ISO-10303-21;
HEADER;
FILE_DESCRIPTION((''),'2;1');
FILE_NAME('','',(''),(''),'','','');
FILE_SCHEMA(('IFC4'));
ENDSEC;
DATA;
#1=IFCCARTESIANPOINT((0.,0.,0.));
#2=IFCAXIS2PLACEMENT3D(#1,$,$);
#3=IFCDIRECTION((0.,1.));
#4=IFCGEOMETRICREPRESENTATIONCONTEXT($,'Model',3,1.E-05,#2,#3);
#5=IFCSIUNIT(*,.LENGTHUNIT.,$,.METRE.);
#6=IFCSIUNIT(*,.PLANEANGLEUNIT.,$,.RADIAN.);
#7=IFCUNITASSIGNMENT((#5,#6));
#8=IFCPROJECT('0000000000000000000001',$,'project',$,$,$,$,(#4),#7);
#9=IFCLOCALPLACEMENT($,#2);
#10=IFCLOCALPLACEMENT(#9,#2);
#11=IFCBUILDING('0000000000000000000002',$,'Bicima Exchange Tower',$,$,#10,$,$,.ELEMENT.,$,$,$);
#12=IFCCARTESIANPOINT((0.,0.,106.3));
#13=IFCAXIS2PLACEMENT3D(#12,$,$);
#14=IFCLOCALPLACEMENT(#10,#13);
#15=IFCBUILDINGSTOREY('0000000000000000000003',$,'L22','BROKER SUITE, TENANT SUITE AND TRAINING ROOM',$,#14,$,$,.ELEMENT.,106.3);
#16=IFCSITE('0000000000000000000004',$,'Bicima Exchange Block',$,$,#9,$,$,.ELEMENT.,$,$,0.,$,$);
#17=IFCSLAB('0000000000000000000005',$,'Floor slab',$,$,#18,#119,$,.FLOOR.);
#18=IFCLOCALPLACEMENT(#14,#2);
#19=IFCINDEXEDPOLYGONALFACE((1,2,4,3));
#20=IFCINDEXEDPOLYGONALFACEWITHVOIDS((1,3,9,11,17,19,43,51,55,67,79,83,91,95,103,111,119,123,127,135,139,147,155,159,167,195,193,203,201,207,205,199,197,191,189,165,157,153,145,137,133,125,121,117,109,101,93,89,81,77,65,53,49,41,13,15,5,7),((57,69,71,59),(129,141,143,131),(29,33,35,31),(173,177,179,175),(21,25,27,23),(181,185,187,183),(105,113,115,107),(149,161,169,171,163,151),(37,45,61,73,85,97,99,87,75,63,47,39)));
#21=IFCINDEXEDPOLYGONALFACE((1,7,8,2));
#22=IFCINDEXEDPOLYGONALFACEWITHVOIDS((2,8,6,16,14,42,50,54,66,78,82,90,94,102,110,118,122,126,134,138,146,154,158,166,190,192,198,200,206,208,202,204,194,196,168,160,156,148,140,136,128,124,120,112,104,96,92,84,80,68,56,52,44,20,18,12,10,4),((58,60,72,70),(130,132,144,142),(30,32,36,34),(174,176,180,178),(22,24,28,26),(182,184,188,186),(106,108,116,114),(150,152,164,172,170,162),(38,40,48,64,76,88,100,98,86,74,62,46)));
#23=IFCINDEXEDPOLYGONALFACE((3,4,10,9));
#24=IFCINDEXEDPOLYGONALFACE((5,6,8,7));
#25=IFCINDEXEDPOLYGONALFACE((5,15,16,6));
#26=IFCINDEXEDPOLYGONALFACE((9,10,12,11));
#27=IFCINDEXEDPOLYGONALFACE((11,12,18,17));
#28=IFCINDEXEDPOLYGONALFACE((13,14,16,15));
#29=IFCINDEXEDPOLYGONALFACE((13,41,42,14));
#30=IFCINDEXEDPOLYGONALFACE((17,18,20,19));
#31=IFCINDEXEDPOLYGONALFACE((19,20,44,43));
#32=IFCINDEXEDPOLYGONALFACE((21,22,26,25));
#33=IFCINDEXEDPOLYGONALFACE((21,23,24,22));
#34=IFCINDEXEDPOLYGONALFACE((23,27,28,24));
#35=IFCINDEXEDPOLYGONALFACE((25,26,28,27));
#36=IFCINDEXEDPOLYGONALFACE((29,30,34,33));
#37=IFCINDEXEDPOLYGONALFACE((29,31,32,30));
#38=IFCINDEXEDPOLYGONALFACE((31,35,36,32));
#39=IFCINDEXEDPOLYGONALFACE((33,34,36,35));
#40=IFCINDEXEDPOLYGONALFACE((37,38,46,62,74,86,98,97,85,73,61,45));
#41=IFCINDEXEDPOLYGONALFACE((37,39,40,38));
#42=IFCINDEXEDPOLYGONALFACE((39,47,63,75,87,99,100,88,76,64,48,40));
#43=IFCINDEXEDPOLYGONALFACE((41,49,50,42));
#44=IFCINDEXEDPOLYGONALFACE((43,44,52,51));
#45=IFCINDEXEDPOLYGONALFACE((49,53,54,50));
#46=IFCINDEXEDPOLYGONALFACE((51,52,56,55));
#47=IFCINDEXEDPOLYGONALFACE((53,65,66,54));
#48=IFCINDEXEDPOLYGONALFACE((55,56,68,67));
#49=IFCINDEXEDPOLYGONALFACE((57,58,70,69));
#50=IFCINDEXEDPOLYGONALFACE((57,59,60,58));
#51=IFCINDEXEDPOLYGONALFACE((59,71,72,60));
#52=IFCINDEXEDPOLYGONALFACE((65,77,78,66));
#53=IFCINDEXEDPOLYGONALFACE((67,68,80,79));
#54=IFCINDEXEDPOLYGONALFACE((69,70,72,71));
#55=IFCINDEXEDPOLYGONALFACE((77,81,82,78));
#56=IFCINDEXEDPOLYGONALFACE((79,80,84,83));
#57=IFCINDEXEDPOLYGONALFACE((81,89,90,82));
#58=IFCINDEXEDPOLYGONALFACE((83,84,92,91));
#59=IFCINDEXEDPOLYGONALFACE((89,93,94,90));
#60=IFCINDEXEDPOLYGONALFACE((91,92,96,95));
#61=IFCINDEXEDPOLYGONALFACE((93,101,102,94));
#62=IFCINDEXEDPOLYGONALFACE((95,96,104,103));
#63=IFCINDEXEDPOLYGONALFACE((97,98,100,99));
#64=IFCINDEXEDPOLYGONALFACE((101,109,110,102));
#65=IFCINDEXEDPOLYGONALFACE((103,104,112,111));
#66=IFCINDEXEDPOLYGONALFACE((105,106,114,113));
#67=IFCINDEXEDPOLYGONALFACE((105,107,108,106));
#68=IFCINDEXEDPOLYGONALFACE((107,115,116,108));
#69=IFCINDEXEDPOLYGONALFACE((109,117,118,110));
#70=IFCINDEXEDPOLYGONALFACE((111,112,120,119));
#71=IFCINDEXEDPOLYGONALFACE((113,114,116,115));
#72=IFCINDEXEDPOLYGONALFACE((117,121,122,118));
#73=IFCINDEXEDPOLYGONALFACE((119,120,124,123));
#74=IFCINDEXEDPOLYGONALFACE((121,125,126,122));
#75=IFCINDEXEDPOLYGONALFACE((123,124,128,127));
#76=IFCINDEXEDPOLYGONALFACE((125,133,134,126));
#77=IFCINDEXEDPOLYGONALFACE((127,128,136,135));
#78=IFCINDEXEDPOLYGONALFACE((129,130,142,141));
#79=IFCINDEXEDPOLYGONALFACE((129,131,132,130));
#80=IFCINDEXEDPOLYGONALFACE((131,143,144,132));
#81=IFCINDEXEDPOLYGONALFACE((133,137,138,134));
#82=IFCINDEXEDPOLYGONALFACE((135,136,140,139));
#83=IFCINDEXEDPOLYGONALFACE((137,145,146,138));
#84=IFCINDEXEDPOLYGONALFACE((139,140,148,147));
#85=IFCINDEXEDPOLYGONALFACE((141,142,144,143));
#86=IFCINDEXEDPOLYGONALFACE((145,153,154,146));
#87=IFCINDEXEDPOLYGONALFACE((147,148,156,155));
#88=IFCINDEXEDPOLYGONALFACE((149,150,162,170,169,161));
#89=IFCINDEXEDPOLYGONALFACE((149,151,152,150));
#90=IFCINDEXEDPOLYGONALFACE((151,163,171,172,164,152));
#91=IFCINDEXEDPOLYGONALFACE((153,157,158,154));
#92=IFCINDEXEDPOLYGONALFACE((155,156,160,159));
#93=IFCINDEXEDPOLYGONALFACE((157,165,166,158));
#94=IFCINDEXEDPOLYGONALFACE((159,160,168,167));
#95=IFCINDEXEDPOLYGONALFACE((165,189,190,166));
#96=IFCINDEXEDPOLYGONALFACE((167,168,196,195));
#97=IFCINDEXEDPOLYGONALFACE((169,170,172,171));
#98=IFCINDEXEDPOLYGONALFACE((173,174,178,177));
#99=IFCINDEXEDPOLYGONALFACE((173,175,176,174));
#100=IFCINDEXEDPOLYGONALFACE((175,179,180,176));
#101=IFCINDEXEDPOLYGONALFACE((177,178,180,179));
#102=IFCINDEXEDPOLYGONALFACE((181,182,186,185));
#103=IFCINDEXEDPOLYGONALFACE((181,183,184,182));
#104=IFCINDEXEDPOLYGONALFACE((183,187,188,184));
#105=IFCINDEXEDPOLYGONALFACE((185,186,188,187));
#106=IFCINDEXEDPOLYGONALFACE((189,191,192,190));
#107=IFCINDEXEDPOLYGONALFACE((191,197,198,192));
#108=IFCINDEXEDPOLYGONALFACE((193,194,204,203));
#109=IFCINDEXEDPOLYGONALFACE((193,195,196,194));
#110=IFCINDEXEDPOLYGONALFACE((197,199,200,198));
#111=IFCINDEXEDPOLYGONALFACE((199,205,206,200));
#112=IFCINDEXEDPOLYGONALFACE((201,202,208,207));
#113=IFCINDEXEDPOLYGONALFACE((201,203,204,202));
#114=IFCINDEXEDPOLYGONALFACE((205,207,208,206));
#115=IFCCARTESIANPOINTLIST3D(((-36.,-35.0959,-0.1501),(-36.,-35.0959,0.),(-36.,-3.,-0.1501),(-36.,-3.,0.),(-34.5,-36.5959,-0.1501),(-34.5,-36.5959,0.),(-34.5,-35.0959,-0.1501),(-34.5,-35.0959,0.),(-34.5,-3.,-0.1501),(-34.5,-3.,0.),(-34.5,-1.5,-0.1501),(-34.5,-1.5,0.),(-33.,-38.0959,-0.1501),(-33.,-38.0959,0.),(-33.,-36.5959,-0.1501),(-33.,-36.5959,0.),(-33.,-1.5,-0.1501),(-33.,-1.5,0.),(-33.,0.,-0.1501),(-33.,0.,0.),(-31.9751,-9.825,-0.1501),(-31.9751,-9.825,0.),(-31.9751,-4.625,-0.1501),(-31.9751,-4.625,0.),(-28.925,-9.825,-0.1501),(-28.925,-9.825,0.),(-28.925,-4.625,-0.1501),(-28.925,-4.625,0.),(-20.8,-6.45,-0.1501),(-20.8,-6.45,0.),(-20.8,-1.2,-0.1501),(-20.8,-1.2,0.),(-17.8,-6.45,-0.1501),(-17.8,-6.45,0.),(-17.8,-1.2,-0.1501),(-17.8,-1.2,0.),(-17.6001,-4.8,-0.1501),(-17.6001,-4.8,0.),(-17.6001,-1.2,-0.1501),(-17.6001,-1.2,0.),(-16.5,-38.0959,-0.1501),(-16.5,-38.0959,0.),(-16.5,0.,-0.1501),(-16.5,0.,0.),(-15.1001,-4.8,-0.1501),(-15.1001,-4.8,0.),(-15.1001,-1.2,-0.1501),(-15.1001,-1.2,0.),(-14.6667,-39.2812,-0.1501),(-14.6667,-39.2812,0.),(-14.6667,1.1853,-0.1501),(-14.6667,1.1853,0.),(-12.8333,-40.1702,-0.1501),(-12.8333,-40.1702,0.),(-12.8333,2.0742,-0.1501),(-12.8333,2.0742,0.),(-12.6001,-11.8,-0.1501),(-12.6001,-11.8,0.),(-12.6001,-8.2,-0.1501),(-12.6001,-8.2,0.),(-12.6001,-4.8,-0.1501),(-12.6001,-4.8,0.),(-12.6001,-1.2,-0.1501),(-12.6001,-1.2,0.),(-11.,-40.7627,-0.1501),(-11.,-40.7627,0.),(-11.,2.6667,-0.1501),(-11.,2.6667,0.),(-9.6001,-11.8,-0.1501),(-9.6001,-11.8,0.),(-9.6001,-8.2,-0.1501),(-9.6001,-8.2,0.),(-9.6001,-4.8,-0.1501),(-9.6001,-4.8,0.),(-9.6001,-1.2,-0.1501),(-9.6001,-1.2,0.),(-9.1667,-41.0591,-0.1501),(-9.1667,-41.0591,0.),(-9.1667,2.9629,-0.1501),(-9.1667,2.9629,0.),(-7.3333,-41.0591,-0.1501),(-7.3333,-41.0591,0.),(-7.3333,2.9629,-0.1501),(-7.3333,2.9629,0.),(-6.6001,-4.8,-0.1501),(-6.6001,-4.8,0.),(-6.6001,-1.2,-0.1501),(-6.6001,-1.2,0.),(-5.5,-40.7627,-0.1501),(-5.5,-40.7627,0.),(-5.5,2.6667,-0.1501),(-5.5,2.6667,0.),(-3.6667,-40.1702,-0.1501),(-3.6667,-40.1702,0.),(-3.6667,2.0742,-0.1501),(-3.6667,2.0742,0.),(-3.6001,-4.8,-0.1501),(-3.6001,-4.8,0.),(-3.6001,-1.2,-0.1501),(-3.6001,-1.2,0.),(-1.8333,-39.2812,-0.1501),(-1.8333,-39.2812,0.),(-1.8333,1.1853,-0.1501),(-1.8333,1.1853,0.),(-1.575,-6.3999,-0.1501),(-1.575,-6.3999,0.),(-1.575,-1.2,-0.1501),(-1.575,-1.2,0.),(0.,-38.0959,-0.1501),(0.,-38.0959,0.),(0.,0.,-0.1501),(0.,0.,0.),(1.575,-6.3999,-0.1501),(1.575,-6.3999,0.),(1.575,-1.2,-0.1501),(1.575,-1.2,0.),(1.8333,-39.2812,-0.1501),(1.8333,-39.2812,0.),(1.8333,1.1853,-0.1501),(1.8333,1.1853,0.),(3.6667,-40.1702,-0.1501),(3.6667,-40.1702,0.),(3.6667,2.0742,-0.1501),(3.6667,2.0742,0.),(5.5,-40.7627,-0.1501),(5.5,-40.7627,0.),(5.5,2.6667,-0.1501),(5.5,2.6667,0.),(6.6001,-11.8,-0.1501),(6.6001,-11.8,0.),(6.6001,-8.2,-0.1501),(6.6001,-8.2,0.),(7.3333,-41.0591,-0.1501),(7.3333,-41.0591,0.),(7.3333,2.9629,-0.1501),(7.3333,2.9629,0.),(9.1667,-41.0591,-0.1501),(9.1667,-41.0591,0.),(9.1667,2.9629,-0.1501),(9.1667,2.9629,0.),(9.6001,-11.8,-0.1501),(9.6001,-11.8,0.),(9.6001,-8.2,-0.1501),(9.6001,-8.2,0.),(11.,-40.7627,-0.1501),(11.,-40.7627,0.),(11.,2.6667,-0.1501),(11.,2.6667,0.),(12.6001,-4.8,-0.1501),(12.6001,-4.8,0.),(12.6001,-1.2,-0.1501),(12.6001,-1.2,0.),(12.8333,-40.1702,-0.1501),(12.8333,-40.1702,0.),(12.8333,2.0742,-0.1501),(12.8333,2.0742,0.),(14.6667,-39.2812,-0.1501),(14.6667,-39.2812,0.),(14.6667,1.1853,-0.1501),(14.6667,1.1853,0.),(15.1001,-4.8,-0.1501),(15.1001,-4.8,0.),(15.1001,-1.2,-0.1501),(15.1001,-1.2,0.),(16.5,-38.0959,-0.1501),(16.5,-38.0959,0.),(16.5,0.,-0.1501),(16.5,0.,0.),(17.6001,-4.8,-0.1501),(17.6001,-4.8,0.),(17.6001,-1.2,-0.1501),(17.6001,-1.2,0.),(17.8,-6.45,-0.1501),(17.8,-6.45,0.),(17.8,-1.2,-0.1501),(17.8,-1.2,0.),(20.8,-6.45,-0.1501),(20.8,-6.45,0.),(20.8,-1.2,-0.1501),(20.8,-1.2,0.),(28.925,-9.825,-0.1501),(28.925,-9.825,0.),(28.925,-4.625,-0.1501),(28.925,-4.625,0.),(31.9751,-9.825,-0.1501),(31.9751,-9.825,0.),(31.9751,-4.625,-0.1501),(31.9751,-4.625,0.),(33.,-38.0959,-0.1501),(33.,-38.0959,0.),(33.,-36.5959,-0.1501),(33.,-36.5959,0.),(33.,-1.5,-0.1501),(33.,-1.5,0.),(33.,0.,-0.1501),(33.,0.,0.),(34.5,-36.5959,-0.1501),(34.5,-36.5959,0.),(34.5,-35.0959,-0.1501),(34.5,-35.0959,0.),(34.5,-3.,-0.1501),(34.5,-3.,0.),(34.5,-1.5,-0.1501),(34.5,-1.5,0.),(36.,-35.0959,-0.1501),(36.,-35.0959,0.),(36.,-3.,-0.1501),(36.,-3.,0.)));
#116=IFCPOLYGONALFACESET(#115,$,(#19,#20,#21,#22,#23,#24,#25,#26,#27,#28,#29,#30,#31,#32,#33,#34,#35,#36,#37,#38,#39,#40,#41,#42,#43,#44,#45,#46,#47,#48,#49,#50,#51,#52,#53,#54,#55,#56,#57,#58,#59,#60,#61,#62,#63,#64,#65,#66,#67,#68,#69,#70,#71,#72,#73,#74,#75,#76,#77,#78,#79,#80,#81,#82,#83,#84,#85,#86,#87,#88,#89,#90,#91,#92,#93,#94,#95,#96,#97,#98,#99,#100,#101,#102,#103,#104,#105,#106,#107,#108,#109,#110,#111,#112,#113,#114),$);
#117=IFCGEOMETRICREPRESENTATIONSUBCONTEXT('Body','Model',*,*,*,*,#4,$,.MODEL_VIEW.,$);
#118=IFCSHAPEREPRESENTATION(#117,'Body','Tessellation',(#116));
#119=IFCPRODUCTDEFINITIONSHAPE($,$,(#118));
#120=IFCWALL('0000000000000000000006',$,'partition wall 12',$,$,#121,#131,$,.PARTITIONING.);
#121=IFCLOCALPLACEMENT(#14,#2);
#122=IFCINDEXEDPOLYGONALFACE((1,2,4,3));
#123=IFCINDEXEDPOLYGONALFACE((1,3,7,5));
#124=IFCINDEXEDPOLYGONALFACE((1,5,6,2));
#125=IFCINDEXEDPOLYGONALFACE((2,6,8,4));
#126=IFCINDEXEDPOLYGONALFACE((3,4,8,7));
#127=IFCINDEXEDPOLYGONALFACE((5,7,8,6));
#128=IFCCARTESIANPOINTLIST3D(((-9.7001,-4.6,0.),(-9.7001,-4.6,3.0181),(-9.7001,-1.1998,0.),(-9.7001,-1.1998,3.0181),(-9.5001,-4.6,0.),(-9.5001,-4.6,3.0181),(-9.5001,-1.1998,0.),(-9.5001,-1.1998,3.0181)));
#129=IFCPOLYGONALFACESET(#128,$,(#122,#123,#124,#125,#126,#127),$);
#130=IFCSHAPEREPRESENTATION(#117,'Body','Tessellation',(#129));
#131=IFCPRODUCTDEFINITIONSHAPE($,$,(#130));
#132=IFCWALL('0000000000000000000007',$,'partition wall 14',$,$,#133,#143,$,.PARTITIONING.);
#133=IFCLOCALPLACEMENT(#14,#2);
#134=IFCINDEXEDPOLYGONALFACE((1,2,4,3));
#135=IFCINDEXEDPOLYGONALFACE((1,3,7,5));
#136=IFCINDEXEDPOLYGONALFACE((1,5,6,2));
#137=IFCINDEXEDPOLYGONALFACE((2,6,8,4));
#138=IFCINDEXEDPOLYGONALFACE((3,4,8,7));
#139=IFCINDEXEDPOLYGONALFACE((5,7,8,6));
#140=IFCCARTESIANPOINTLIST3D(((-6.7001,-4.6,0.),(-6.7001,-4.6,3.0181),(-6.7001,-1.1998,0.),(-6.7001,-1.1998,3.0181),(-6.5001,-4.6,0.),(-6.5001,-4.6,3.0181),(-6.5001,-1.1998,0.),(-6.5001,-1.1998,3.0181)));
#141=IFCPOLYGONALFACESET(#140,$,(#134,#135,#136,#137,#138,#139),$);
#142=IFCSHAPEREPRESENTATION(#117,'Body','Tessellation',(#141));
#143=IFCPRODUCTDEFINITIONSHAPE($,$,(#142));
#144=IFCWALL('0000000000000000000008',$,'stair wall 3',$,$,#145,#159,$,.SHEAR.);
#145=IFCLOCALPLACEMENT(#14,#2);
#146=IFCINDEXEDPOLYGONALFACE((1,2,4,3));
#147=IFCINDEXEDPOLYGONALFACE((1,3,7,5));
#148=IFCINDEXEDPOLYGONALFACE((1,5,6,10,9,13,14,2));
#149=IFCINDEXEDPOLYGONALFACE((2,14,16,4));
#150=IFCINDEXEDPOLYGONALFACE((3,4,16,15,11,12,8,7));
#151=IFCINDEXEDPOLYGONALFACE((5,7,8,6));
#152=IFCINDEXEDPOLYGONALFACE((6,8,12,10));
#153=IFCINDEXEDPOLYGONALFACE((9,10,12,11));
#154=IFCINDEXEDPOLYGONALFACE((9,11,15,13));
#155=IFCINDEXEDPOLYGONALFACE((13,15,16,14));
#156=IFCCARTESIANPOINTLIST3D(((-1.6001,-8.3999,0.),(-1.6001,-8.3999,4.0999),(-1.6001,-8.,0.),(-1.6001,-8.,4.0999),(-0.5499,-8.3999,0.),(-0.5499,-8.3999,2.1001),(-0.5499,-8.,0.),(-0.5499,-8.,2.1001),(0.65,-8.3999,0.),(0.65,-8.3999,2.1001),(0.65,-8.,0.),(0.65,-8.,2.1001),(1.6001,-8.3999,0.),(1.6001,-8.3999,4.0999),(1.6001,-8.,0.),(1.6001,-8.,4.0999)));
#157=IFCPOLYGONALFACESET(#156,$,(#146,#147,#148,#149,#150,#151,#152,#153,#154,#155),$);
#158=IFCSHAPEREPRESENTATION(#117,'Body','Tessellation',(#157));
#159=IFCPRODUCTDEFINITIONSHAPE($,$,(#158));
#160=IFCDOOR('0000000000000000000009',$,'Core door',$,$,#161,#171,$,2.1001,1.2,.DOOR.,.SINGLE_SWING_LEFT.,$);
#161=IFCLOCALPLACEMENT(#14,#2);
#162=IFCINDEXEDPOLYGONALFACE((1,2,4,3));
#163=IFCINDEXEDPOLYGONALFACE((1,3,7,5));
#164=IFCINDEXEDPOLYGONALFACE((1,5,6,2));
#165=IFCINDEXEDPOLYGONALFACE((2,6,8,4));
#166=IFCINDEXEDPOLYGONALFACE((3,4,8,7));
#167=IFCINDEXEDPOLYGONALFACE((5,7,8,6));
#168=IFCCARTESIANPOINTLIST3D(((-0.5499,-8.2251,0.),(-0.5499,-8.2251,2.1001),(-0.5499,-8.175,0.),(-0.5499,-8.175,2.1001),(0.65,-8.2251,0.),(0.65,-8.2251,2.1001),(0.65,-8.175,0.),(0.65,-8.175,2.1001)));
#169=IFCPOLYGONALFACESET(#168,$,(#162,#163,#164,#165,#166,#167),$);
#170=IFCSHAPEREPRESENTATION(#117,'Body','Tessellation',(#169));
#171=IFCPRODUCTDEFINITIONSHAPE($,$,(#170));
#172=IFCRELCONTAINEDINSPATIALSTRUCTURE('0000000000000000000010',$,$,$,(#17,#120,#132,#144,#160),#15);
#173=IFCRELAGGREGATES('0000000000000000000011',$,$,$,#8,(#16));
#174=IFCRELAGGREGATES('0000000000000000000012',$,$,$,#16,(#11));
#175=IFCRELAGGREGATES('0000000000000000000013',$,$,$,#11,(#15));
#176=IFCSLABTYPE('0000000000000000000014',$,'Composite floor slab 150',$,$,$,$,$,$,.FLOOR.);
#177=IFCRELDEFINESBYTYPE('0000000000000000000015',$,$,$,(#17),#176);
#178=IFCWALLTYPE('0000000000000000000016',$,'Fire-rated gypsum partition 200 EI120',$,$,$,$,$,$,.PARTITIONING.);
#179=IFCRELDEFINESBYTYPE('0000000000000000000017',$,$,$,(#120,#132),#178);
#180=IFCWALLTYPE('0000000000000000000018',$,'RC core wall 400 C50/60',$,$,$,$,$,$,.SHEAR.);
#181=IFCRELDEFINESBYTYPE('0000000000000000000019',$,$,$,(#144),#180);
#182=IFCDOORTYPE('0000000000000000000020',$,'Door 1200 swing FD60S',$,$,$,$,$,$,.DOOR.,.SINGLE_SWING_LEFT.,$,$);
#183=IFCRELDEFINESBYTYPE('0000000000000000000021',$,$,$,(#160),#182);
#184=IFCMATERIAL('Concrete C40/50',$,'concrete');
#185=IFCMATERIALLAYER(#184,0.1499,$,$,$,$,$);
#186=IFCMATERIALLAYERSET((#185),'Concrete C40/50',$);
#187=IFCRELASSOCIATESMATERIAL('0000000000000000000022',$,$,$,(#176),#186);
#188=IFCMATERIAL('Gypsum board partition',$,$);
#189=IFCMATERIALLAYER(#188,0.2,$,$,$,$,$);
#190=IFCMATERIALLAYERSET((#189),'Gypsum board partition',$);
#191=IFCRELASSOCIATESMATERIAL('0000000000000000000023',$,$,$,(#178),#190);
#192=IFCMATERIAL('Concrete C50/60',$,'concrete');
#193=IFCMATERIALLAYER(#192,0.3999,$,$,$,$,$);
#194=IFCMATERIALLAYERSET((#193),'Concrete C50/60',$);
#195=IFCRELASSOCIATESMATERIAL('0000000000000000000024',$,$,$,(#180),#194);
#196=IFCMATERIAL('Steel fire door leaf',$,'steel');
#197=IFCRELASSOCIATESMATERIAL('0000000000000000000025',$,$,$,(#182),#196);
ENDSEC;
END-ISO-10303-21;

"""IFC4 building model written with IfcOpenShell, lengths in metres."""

from ifc_helpers import new_model, si_unit, direction, frame, frame_2d, origin, place, context, subcontext, project, spatial, polyline, rectangle, outline, extrude, material, layer, layer_set, type_object, element, fill, save


model = new_model("IFC4")

# Units and contexts
model_context = context("Model", 3, precision=1e-05, world=origin(), true_north=direction((0.0, 1.0)))
body_context = subcontext(model_context, "Body", "Model", "MODEL_VIEW")
ifc_project = project(units=[si_unit("LENGTHUNIT", "METRE"), si_unit("PLANEANGLEUNIT", "RADIAN")], contexts=[model_context])

# Site, building, storey
site_placement = place(None, origin())
site = spatial("IfcSite", under=ifc_project, at=site_placement, Name="Bicima Exchange Block", CompositionType="ELEMENT", RefElevation=0.0)
building_placement = place(site_placement, origin())
building = spatial("IfcBuilding", under=site, at=building_placement, Name="Bicima Exchange Tower", CompositionType="ELEMENT")
storey_placement = place(building_placement, frame((0.0, 0.0, 106.3)))
storey = spatial("IfcBuildingStorey", under=building, at=storey_placement, Name="L22", Description="BROKER SUITE, TENANT SUITE AND TRAINING ROOM", CompositionType="ELEMENT", Elevation=106.3)

# Slab
ifc_material_1 = material(Name="Concrete C40/50", Category="concrete")
ifc_layer_1 = layer(ifc_material_1, 0.1499)
ifc_layer_set_1 = layer_set([ifc_layer_1], Name="Concrete C40/50")
slab_type = type_object("IfcSlabType", Name="Composite floor slab 150", PredefinedType="FLOOR", material=ifc_layer_set_1)
slab_placement = place(storey_placement, frame((0.0, 0.0, -0.1501)))
element("IfcSlab", 1, at=slab_placement, inside=storey, type_object=slab_type, Name="Floor slab", PredefinedType="FLOOR", context=body_context, shape_type="SweptSolid", body=[
    extrude(outline(polyline([(-36.0, -35.0959), (-36.0, -3.0), (-34.5, -3.0), (-34.5, -1.5), (-33.0, -1.5), (-33.0, 0.0), (-16.5, 0.0), (-14.6667, 1.1853), (-12.8333, 2.0742), (-11.0, 2.6667), (-9.1667, 2.9629), (-7.3333, 2.9629), (-5.5, 2.6667), (-3.6667, 2.0742), (-1.8333, 1.1853), (0.0, 0.0), (1.8333, 1.1853), (3.6667, 2.0742), (5.5, 2.6667), (7.3333, 2.9629), (9.1667, 2.9629), (11.0, 2.6667), (12.8333, 2.0742), (14.6667, 1.1853), (16.5, 0.0), (33.0, 0.0), (33.0, -1.5), (34.5, -1.5), (34.5, -3.0), (36.0, -3.0), (36.0, -35.0959), (34.5, -35.0959), (34.5, -36.5959), (33.0, -36.5959), (33.0, -38.0959), (16.5, -38.0959), (14.6667, -39.2812), (12.8333, -40.1702), (11.0, -40.7627), (9.1667, -41.0591), (7.3333, -41.0591), (5.5, -40.7627), (3.6667, -40.1702), (1.8333, -39.2812), (0.0, -38.0959), (-1.8333, -39.2812), (-3.6667, -40.1702), (-5.5, -40.7627), (-7.3333, -41.0591), (-9.1667, -41.0591), (-11.0, -40.7627), (-12.8333, -40.1702), (-14.6667, -39.2812), (-16.5, -38.0959), (-33.0, -38.0959), (-33.0, -36.5959), (-34.5, -36.5959), (-34.5, -35.0959), (-36.0, -35.0959)]), holes=[polyline([(-9.6001, -11.8), (-9.6001, -8.2), (-12.6001, -8.2), (-12.6001, -11.8), (-9.6001, -11.8)]), polyline([(-31.9751, -9.825), (-28.925, -9.825), (-28.925, -4.625), (-31.9751, -4.625), (-31.9751, -9.825)]), polyline([(-20.8, -6.45), (-17.8, -6.45), (-17.8, -1.2), (-20.8, -1.2), (-20.8, -6.45)]), polyline([(-9.6001, -1.2), (-12.6001, -1.2), (-15.1001, -1.2), (-17.6001, -1.2), (-17.6001, -4.8), (-15.1001, -4.8), (-12.6001, -4.8), (-9.6001, -4.8), (-6.6001, -4.8), (-3.6001, -4.8), (-3.6001, -1.2), (-6.6001, -1.2), (-9.6001, -1.2)]), polyline([(9.6001, -11.8), (9.6001, -8.2), (6.6001, -8.2), (6.6001, -11.8), (9.6001, -11.8)]), polyline([(28.925, -9.825), (31.9751, -9.825), (31.9751, -4.625), (28.925, -4.625), (28.925, -9.825)]), polyline([(17.8, -6.45), (20.8, -6.45), (20.8, -1.2), (17.8, -1.2), (17.8, -6.45)]), polyline([(-1.575, -6.3999), (1.575, -6.3999), (1.575, -1.2), (-1.575, -1.2), (-1.575, -6.3999)]), polyline([(17.6001, -4.8), (17.6001, -1.2), (15.1001, -1.2), (12.6001, -1.2), (12.6001, -4.8), (15.1001, -4.8), (17.6001, -4.8)])]), origin(), (0.0, 0.0, 1.0), 0.1501),
])

# Walls
ifc_material_2 = material(Name="Gypsum board partition")
ifc_layer_2 = layer(ifc_material_2, 0.2)
ifc_layer_set_2 = layer_set([ifc_layer_2], Name="Gypsum board partition")
wall_type_1 = type_object("IfcWallType", Name="Fire-rated gypsum partition 200 EI120", PredefinedType="PARTITIONING", material=ifc_layer_set_2)
for number, where, z_axis, x_axis, name in (
    (2, (-9.6001, -4.6001, 0.0), (0.0, 0.0, 1.0), (0.0, 1.0, 0.0), "partition wall 12"),
    (3, (-6.6001, -4.6001, 0.0), (0.0, 0.0, 1.0), (0.0, 1.0, 0.0), "partition wall 14"),
):
    element("IfcWall", number, at=place(storey_placement, frame(where, z_axis=z_axis, x_axis=x_axis)), inside=storey, type_object=wall_type_1, Name=name, PredefinedType="PARTITIONING", context=body_context, shape_type="SweptSolid", body=[
        extrude(rectangle(XDim=3.4001, YDim=0.2, at=frame_2d((1.7002, 0.0))), origin(), (0.0, 0.0, 1.0), 3.0181),
    ])

# Wall, opening, door
ifc_material_3 = material(Name="Concrete C50/60", Category="concrete")
ifc_layer_3 = layer(ifc_material_3, 0.3999)
ifc_layer_set_3 = layer_set([ifc_layer_3], Name="Concrete C50/60")
wall_type_2 = type_object("IfcWallType", Name="RC core wall 400 C50/60", PredefinedType="SHEAR", material=ifc_layer_set_3)
wall_1_placement = place(storey_placement, frame((-1.6001, -8.2, 0.0), z_axis=(0.0, 0.0, 1.0), x_axis=(1.0, 0.0, 0.0)))
wall_1 = element("IfcWall", 4, at=wall_1_placement, inside=storey, type_object=wall_type_2, Name="stair wall 3", PredefinedType="SHEAR", context=body_context, shape_type="SweptSolid", body=[
    extrude(rectangle(XDim=3.2002, YDim=0.3999, at=frame_2d((1.6001, 0.0))), origin(), (0.0, 0.0, 1.0), 4.0999),
])
opening_1_placement = place(wall_1_placement, frame((1.05, 0.0, 0.0)))
opening_1 = element("IfcOpeningElement", 5, at=opening_1_placement, cuts=wall_1, PredefinedType="OPENING", context=body_context, shape_type="SweptSolid", body=[
    extrude(rectangle(XDim=1.2, YDim=2.1001, at=frame_2d((0.6001, 1.05))), frame((0.0, 0.2119, 0.0), z_axis=(0.0, -1.0, 0.0), x_axis=(1.0, 0.0, 0.0)), (0.0, 0.0, 1.0), 0.4238),
])
ifc_material_4 = material(Name="Steel fire door leaf", Category="steel")
door_type_1 = type_object("IfcDoorType", Name="Door 1200 swing FD60S", OperationType="SINGLE_SWING_LEFT", PredefinedType="DOOR", material=ifc_material_4)
door_1_placement = place(opening_1_placement, origin())
door_1 = element("IfcDoor", 6, at=door_1_placement, inside=storey, type_object=door_type_1, Name="Core door", OperationType="SINGLE_SWING_LEFT", OverallHeight=2.1001, OverallWidth=1.2, PredefinedType="DOOR", context=body_context, shape_type="SweptSolid", body=[
    extrude(rectangle(XDim=1.2, YDim=2.1001, at=frame_2d((0.6001, 1.05))), frame((0.0, 0.0249, 0.0), z_axis=(0.0, -1.0, 0.0), x_axis=(1.0, 0.0, 0.0)), (0.0, 0.0, 1.0), 0.05),
])
fill(opening_1, door_1)

save(model, "model.ifc")
